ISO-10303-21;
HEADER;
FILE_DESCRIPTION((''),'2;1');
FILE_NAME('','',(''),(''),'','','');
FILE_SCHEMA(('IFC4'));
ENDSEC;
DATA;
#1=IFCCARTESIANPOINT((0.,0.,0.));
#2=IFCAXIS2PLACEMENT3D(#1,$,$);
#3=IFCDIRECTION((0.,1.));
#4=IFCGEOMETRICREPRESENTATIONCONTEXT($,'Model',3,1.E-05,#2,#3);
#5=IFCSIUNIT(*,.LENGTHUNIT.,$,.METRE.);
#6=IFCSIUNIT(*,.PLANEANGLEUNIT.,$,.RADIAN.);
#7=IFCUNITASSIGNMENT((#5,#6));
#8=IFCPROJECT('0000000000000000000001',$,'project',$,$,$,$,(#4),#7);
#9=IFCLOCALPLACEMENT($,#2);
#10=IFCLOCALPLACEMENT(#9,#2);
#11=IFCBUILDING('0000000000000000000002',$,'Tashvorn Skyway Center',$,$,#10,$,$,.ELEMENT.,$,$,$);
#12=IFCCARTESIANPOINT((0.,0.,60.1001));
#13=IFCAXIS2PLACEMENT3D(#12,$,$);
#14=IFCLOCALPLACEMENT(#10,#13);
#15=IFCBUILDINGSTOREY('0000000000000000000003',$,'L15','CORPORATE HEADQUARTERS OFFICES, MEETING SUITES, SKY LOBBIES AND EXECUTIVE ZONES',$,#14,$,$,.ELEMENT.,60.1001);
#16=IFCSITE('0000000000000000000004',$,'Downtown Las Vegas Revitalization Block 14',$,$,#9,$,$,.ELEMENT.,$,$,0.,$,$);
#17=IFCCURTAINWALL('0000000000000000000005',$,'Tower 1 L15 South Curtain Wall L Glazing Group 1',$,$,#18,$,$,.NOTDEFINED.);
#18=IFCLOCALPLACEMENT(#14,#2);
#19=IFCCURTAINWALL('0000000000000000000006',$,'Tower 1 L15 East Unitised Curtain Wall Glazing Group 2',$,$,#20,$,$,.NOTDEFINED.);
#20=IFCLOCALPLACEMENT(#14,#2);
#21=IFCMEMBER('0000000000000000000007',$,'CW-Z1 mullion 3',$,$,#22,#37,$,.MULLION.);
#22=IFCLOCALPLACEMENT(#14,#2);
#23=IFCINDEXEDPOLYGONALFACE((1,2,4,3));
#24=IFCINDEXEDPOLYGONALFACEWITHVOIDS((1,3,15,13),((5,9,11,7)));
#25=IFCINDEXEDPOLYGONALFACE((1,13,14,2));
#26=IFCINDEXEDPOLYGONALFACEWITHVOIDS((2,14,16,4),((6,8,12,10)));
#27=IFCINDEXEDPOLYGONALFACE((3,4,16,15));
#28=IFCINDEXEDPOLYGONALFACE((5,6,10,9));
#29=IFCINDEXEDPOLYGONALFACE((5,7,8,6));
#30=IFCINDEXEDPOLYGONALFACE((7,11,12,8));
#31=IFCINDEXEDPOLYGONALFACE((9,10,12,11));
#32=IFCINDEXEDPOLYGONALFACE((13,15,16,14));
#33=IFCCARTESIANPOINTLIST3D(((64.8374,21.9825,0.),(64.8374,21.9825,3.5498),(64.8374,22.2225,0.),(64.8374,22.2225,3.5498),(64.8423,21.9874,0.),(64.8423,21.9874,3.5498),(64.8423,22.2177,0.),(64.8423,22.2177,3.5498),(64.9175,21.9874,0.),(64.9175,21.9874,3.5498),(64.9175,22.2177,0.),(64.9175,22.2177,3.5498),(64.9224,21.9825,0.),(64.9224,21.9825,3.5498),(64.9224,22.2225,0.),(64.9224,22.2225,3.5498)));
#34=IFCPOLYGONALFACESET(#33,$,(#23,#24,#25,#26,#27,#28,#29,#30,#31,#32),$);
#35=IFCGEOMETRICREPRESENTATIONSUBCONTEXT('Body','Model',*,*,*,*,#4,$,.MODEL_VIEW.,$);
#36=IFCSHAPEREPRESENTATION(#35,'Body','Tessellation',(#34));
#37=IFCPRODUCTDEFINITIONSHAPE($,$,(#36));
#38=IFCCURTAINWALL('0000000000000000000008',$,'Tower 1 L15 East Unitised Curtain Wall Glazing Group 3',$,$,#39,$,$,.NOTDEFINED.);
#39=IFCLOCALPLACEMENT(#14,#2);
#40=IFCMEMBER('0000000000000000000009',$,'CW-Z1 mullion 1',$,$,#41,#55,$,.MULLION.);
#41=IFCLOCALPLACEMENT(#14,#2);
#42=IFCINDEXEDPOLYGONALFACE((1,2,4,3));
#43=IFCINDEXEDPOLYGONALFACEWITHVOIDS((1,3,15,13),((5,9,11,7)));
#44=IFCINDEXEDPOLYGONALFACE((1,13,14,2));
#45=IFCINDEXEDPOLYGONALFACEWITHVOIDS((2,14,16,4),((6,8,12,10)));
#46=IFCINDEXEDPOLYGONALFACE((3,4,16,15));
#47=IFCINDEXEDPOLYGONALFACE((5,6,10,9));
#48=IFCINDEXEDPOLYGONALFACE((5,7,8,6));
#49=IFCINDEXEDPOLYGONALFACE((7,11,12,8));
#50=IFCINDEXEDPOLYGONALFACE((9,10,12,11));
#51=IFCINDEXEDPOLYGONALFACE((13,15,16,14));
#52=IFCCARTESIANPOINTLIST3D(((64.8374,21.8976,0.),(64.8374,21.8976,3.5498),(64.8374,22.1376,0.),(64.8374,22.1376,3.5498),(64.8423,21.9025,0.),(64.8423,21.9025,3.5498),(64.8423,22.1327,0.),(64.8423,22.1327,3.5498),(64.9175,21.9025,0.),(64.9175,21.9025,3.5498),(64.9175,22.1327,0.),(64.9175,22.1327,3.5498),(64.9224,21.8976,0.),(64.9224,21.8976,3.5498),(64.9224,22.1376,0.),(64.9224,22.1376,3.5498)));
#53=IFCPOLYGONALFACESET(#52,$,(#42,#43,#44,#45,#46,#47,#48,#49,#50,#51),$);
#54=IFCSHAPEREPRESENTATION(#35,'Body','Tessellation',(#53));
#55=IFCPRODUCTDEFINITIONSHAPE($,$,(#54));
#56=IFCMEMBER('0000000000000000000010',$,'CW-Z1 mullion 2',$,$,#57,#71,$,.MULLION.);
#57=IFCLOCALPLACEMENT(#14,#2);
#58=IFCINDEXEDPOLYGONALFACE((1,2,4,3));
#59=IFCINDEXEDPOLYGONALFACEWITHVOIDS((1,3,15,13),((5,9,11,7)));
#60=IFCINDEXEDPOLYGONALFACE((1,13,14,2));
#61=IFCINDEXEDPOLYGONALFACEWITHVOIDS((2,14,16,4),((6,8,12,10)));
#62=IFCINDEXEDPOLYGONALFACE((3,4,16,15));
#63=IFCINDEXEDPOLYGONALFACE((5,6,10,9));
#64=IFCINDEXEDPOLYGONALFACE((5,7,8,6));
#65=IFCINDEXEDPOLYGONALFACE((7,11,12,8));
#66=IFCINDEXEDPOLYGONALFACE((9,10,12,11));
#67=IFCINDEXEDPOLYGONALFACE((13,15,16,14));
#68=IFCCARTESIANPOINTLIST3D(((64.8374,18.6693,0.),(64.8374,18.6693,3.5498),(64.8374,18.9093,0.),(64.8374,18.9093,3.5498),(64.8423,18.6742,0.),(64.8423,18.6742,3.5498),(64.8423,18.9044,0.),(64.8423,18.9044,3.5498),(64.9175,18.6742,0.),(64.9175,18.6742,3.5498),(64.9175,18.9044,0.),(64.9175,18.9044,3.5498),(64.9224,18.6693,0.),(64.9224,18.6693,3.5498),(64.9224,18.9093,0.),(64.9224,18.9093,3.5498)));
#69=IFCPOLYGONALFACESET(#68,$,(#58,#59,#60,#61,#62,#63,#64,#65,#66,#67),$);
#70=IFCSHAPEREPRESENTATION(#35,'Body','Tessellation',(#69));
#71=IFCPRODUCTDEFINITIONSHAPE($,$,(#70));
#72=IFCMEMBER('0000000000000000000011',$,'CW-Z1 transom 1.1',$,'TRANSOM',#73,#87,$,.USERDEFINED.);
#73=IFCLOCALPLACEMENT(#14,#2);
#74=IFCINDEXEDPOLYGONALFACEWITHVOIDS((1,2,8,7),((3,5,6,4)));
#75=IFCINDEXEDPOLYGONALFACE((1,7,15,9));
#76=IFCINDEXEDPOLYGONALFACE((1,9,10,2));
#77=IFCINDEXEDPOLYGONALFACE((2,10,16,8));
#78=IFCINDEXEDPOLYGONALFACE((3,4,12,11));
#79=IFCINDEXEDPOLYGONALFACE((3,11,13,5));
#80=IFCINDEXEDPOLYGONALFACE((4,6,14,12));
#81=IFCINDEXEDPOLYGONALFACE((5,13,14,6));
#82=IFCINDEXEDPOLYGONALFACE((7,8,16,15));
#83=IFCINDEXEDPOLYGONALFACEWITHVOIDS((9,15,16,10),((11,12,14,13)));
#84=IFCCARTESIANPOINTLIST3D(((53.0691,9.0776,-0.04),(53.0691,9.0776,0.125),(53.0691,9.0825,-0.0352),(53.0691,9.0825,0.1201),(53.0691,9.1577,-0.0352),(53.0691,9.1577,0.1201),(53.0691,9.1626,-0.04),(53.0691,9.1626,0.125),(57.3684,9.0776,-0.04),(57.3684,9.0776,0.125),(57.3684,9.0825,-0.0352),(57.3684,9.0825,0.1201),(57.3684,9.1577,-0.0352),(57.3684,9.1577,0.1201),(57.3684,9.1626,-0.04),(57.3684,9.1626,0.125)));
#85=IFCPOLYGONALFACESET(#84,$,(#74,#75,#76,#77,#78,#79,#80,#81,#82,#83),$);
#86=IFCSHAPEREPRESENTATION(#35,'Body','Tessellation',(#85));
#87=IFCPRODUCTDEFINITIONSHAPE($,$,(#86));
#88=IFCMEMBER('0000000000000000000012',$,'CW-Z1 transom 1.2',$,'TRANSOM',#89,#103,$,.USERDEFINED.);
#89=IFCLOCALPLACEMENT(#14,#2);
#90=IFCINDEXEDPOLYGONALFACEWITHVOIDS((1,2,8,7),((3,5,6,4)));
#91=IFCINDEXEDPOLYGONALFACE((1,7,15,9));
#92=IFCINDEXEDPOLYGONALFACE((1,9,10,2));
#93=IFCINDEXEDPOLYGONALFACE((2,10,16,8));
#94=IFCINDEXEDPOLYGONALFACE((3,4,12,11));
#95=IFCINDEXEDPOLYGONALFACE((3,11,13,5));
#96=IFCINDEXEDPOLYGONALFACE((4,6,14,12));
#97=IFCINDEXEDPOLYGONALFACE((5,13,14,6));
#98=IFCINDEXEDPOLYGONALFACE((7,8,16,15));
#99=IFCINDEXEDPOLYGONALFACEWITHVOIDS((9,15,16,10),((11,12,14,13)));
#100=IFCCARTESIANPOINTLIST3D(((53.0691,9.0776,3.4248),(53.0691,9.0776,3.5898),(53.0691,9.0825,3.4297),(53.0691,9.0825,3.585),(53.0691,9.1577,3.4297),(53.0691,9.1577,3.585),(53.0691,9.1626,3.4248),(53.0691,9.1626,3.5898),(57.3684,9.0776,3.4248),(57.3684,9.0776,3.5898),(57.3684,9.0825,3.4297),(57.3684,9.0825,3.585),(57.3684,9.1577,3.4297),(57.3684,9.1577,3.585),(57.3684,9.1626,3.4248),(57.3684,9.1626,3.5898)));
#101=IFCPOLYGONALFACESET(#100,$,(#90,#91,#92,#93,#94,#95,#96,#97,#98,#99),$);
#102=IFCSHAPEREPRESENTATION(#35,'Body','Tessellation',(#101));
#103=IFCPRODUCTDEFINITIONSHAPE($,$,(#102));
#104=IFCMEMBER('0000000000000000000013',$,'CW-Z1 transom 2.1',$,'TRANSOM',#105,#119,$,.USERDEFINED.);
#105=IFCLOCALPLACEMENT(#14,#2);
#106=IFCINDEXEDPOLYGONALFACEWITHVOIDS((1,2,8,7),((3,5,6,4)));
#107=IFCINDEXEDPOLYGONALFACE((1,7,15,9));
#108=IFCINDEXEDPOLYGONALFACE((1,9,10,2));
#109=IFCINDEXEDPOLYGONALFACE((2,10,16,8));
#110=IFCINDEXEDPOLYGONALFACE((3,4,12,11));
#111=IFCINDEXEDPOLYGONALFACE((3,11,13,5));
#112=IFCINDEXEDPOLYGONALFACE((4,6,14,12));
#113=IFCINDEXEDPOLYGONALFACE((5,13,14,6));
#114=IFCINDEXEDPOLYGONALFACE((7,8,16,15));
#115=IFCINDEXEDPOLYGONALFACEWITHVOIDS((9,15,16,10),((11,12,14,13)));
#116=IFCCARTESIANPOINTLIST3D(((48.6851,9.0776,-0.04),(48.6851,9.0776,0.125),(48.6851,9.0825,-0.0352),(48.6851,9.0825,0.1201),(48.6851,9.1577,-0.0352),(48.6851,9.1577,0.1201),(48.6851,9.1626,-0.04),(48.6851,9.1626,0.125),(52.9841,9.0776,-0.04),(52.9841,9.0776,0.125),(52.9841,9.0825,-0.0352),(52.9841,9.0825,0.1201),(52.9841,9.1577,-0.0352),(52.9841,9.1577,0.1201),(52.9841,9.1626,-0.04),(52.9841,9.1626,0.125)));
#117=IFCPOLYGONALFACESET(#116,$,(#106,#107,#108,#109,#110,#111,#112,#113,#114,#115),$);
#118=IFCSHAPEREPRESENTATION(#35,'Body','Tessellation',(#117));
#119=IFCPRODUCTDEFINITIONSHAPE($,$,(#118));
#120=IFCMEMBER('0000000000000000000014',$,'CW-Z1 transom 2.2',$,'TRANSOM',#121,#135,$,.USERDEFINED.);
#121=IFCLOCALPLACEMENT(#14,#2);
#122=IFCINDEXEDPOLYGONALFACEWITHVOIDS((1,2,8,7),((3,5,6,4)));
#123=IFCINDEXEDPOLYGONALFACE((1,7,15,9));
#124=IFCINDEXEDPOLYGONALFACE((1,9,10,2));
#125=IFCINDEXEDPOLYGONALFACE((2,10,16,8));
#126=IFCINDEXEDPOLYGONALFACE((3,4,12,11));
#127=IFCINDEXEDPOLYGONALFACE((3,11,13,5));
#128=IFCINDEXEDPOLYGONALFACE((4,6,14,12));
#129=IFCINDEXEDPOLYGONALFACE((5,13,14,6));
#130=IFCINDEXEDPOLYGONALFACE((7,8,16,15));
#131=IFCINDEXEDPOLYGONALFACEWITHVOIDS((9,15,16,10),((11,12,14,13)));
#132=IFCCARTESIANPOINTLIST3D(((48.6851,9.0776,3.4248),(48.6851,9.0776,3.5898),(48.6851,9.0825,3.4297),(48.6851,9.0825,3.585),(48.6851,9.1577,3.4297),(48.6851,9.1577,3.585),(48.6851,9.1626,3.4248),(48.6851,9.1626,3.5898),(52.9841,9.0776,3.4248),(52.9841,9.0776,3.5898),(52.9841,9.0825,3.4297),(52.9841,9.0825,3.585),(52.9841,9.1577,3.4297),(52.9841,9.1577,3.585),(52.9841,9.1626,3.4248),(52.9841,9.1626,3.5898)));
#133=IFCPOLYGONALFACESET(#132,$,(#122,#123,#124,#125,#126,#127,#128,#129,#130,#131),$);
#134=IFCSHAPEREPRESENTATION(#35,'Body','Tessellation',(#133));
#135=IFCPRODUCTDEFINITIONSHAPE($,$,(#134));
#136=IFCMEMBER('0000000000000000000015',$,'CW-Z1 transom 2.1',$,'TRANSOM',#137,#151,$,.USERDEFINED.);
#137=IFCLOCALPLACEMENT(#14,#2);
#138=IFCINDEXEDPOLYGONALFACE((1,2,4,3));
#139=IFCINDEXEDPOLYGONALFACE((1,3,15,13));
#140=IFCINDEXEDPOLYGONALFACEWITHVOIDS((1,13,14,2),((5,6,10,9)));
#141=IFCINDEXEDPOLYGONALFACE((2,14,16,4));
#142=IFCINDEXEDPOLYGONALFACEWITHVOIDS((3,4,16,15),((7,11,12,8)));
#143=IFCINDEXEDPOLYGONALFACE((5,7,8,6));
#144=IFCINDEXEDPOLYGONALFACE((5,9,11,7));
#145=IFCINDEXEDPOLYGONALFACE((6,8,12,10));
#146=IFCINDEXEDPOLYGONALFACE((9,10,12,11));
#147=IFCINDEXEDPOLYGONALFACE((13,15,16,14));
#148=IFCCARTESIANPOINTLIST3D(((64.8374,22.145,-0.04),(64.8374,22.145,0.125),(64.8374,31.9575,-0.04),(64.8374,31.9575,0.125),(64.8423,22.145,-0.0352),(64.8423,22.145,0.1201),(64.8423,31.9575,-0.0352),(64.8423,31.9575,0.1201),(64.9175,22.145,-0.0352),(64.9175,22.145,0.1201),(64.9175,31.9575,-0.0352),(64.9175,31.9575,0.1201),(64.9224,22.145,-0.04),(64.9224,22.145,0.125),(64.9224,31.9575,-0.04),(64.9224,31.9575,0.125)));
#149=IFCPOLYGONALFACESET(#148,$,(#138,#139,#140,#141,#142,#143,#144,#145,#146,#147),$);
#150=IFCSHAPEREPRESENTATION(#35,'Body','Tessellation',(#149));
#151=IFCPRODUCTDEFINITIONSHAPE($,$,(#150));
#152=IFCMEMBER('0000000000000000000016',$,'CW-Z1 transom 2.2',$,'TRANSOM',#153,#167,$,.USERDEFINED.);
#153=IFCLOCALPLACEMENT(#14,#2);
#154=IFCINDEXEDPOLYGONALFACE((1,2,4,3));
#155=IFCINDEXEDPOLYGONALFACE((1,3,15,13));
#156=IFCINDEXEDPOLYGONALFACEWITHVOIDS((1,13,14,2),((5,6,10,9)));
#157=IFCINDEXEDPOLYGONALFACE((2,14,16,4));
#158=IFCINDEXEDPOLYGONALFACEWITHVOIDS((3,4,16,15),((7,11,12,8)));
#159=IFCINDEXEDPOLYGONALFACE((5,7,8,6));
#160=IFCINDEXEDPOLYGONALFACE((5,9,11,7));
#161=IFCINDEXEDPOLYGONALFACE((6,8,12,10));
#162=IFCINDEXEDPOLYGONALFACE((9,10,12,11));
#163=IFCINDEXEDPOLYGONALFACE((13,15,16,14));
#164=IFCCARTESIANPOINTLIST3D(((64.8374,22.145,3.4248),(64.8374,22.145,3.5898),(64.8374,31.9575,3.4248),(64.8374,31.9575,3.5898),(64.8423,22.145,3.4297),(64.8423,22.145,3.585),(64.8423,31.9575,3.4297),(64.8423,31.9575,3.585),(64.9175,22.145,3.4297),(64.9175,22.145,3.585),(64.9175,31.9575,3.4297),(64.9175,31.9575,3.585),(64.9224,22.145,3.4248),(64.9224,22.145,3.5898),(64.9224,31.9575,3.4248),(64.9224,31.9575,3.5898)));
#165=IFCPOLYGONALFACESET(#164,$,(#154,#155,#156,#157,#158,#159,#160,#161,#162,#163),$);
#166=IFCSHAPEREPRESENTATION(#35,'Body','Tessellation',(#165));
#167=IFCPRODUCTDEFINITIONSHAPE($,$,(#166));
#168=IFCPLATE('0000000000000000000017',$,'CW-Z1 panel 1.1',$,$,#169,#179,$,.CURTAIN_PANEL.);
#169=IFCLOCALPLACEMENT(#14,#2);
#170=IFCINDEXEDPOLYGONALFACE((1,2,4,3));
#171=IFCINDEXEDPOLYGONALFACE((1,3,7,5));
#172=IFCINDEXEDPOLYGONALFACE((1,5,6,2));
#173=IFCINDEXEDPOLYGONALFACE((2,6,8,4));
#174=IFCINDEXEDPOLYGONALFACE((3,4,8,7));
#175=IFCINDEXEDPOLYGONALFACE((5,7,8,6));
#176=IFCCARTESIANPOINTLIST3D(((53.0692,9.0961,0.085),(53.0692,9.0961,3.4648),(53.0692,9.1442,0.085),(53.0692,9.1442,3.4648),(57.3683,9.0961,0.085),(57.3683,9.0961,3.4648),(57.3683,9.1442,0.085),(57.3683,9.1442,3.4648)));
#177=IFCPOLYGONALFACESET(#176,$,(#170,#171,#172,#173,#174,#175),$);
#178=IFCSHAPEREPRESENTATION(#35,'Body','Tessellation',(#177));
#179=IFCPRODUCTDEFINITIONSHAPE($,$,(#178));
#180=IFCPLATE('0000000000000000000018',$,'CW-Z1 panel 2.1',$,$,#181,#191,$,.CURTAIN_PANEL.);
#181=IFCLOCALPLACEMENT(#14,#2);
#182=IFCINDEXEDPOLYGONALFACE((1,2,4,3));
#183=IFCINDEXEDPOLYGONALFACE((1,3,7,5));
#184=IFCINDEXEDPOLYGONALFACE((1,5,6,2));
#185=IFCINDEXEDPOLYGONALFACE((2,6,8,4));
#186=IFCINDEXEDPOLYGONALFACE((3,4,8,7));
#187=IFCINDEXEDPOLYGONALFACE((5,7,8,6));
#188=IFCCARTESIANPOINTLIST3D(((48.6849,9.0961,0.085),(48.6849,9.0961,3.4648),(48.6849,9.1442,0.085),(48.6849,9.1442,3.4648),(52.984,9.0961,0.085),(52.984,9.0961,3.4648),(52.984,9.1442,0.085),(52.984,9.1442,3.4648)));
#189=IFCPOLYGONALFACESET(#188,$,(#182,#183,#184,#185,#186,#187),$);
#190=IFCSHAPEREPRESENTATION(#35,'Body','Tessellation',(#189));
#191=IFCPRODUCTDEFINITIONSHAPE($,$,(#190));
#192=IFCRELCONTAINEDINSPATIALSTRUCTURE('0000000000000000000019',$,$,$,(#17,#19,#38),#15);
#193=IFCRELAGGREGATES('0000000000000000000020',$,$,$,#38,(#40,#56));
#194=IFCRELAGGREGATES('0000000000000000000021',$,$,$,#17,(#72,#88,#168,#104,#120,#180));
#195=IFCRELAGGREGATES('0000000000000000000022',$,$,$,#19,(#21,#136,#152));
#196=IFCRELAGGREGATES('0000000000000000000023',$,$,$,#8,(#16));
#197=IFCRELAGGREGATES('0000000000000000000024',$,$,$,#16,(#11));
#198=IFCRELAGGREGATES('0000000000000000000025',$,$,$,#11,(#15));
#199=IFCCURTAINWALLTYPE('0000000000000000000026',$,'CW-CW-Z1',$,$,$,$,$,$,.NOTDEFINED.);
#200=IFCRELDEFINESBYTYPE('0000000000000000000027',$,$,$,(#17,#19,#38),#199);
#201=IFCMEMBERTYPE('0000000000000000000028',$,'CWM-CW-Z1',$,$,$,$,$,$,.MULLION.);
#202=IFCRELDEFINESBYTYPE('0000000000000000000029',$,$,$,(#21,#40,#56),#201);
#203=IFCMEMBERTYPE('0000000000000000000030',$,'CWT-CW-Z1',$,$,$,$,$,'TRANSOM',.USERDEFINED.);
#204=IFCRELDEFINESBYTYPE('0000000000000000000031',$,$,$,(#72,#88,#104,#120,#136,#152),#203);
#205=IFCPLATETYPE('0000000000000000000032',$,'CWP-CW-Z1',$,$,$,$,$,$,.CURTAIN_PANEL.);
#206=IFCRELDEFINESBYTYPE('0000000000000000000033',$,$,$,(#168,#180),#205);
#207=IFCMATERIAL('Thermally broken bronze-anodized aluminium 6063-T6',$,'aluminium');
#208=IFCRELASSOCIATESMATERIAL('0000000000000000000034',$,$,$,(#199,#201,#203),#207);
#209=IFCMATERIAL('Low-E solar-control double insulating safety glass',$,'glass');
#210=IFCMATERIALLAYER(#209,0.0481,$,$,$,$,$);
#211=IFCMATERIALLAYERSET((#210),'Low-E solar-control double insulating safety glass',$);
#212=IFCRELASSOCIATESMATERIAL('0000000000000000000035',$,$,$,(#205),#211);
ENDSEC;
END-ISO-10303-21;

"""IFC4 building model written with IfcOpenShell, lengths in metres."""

from ifc_helpers import new_model, si_unit, direction, frame, origin, origin_2d, place, context, subcontext, project, spatial, rectangle, hollow_rectangle, extrude, material, layer, layer_set, material_profile, profile_set, type_object, element, aggregate, save


model = new_model("IFC4")

# Units and contexts
model_context = context("Model", 3, precision=1e-05, world=origin(), true_north=direction((0.0, 1.0)))
body_context = subcontext(model_context, "Body", "Model", "MODEL_VIEW")
ifc_project = project(units=[si_unit("LENGTHUNIT", "METRE"), si_unit("PLANEANGLEUNIT", "RADIAN")], contexts=[model_context])

# Site, building, storey
site_placement = place(None, origin())
site = spatial("IfcSite", under=ifc_project, at=site_placement, Name="Downtown Las Vegas Revitalization Block 14", CompositionType="ELEMENT", RefElevation=0.0)
building_placement = place(site_placement, origin())
building = spatial("IfcBuilding", under=site, at=building_placement, Name="Tashvorn Skyway Center", CompositionType="ELEMENT")
storey_placement = place(building_placement, frame((0.0, 0.0, 60.1001)))
storey = spatial("IfcBuildingStorey", under=building, at=storey_placement, Name="L15", Description="CORPORATE HEADQUARTERS OFFICES, MEETING SUITES, SKY LOBBIES AND EXECUTIVE ZONES", CompositionType="ELEMENT", Elevation=60.1001)

# Curtain wall
ifc_material_1 = material(Name="Thermally broken bronze-anodized aluminium 6063-T6", Category="aluminium")
curtain_wall_type = type_object("IfcCurtainWallType", Name="CW-CW-Z1", PredefinedType="NOTDEFINED", material=ifc_material_1)
curtain_wall_1_placement = place(storey_placement, origin())
curtain_wall_1 = element("IfcCurtainWall", 1, at=curtain_wall_1_placement, inside=storey, type_object=curtain_wall_type, Name="Tower 1 L15 South Curtain Wall L Glazing Group 1", PredefinedType="NOTDEFINED")
ifc_material_profile_1 = material_profile(ifc_material_1, hollow_rectangle(XDim=0.085, YDim=0.24, WallThickness=0.0049, at=origin_2d()), Name="ALU-MULL-85x240")
ifc_profile_set_1 = profile_set([ifc_material_profile_1], Name="Thermally broken bronze-anodized aluminium 6063-T6")
member_type_1 = type_object("IfcMemberType", Name="CWM-CW-Z1", PredefinedType="MULLION", material=ifc_profile_set_1)

# Curtain wall, member
curtain_wall_2_placement = place(storey_placement, origin())
curtain_wall_2 = element("IfcCurtainWall", 2, at=curtain_wall_2_placement, inside=storey, type_object=curtain_wall_type, Name="Tower 1 L15 East Unitised Curtain Wall Glazing Group 2", PredefinedType="NOTDEFINED")
member_1_placement = place(storey_placement, frame((64.8799, 22.1025, 0.0), z_axis=(0.0, 0.0, 1.0), x_axis=(1.0, 0.0, 0.0)))
member_1 = element("IfcMember", 3, at=member_1_placement, type_object=member_type_1, Name="CW-Z1 mullion 3", PredefinedType="MULLION", context=body_context, shape_type="SweptSolid", body=[
    extrude(hollow_rectangle(XDim=0.085, YDim=0.24, WallThickness=0.0049, at=origin_2d()), origin(), (0.0, 0.0, 1.0), 3.5498),
])

# Curtain wall, members
curtain_wall_3_placement = place(storey_placement, origin())
curtain_wall_3 = element("IfcCurtainWall", 4, at=curtain_wall_3_placement, inside=storey, type_object=curtain_wall_type, Name="Tower 1 L15 East Unitised Curtain Wall Glazing Group 3", PredefinedType="NOTDEFINED")
member_2_placement = place(storey_placement, frame((64.8799, 22.0176, 0.0), z_axis=(0.0, 0.0, 1.0), x_axis=(1.0, 0.0, 0.0)))
member_2 = element("IfcMember", 5, at=member_2_placement, type_object=member_type_1, Name="CW-Z1 mullion 1", PredefinedType="MULLION", context=body_context, shape_type="SweptSolid", body=[
    extrude(hollow_rectangle(XDim=0.085, YDim=0.24, WallThickness=0.0049, at=origin_2d()), origin(), (0.0, 0.0, 1.0), 3.5498),
])
member_3_placement = place(storey_placement, frame((64.8799, 18.7893, 0.0), z_axis=(0.0, 0.0, 1.0), x_axis=(1.0, 0.0, 0.0)))
member_3 = element("IfcMember", 6, at=member_3_placement, type_object=member_type_1, Name="CW-Z1 mullion 2", PredefinedType="MULLION", context=body_context, shape_type="SweptSolid", body=[
    extrude(hollow_rectangle(XDim=0.085, YDim=0.24, WallThickness=0.0049, at=origin_2d()), origin(), (0.0, 0.0, 1.0), 3.5498),
])
aggregate(curtain_wall_3, [member_2, member_3])

# Members
ifc_material_profile_2 = material_profile(ifc_material_1, hollow_rectangle(XDim=0.085, YDim=0.165, WallThickness=0.0049, at=origin_2d()), Name="ALU-TRAN-85x165")
ifc_profile_set_2 = profile_set([ifc_material_profile_2], Name="Thermally broken bronze-anodized aluminium 6063-T6")
member_type_2 = type_object("IfcMemberType", Name="CWT-CW-Z1", ElementType="TRANSOM", PredefinedType="USERDEFINED", material=ifc_profile_set_2)
member_4_placement = place(storey_placement, frame((57.3684, 9.1201, 0.0425), z_axis=(-1.0, 0.0, 0.0), x_axis=(0.0, -1.0, 0.0)))
member_4 = element("IfcMember", 7, at=member_4_placement, type_object=member_type_2, Name="CW-Z1 transom 1.1", ObjectType="TRANSOM", PredefinedType="USERDEFINED", context=body_context, shape_type="SweptSolid", body=[
    extrude(hollow_rectangle(XDim=0.085, YDim=0.165, WallThickness=0.0049, at=origin_2d()), origin(), (0.0, 0.0, 1.0), 4.2993),
])
member_5_placement = place(storey_placement, frame((57.3684, 9.1201, 3.5073), z_axis=(-1.0, 0.0, 0.0), x_axis=(0.0, -1.0, 0.0)))
member_5 = element("IfcMember", 8, at=member_5_placement, type_object=member_type_2, Name="CW-Z1 transom 1.2", ObjectType="TRANSOM", PredefinedType="USERDEFINED", context=body_context, shape_type="SweptSolid", body=[
    extrude(hollow_rectangle(XDim=0.085, YDim=0.165, WallThickness=0.0049, at=origin_2d()), origin(), (0.0, 0.0, 1.0), 4.2993),
])
member_6_placement = place(storey_placement, frame((52.9841, 9.1201, 0.0425), z_axis=(-1.0, 0.0, 0.0), x_axis=(0.0, -1.0, 0.0)))
member_6 = element("IfcMember", 9, at=member_6_placement, type_object=member_type_2, Name="CW-Z1 transom 2.1", ObjectType="TRANSOM", PredefinedType="USERDEFINED", context=body_context, shape_type="SweptSolid", body=[
    extrude(hollow_rectangle(XDim=0.085, YDim=0.165, WallThickness=0.0049, at=origin_2d()), origin(), (0.0, 0.0, 1.0), 4.2991),
])
member_7_placement = place(storey_placement, frame((52.9841, 9.1201, 3.5073), z_axis=(-1.0, 0.0, 0.0), x_axis=(0.0, -1.0, 0.0)))
member_7 = element("IfcMember", 10, at=member_7_placement, type_object=member_type_2, Name="CW-Z1 transom 2.2", ObjectType="TRANSOM", PredefinedType="USERDEFINED", context=body_context, shape_type="SweptSolid", body=[
    extrude(hollow_rectangle(XDim=0.085, YDim=0.165, WallThickness=0.0049, at=origin_2d()), origin(), (0.0, 0.0, 1.0), 4.2991),
])
member_8_placement = place(storey_placement, frame((64.8799, 31.9575, 0.0425), z_axis=(0.0, -1.0, 0.0), x_axis=(1.0, 0.0, 0.0)))
member_8 = element("IfcMember", 11, at=member_8_placement, type_object=member_type_2, Name="CW-Z1 transom 2.1", ObjectType="TRANSOM", PredefinedType="USERDEFINED", context=body_context, shape_type="SweptSolid", body=[
    extrude(hollow_rectangle(XDim=0.085, YDim=0.165, WallThickness=0.0049, at=origin_2d()), origin(), (0.0, 0.0, 1.0), 9.8125),
])
member_9_placement = place(storey_placement, frame((64.8799, 31.9575, 3.5073), z_axis=(0.0, -1.0, 0.0), x_axis=(1.0, 0.0, 0.0)))
member_9 = element("IfcMember", 12, at=member_9_placement, type_object=member_type_2, Name="CW-Z1 transom 2.2", ObjectType="TRANSOM", PredefinedType="USERDEFINED", context=body_context, shape_type="SweptSolid", body=[
    extrude(hollow_rectangle(XDim=0.085, YDim=0.165, WallThickness=0.0049, at=origin_2d()), origin(), (0.0, 0.0, 1.0), 9.8125),
])

# Plates
ifc_material_2 = material(Name="Low-E solar-control double insulating safety glass", Category="glass")
ifc_layer_1 = layer(ifc_material_2, 0.0481)
ifc_layer_set_1 = layer_set([ifc_layer_1], Name="Low-E solar-control double insulating safety glass")
plate_type = type_object("IfcPlateType", Name="CWP-CW-Z1", PredefinedType="CURTAIN_PANEL", material=ifc_layer_set_1)
plate_1_placement = place(storey_placement, frame((55.2188, 9.1201, 0.085), z_axis=(0.0, 0.0, 1.0), x_axis=(-1.0, 0.0, 0.0)))
plate_1 = element("IfcPlate", 13, at=plate_1_placement, type_object=plate_type, Name="CW-Z1 panel 1.1", PredefinedType="CURTAIN_PANEL", context=body_context, shape_type="SweptSolid", body=[
    extrude(rectangle(XDim=4.2991, YDim=0.0481, at=origin_2d()), origin(), (0.0, 0.0, 1.0), 3.3799),
])
plate_2_placement = place(storey_placement, frame((50.8345, 9.1201, 0.085), z_axis=(0.0, 0.0, 1.0), x_axis=(-1.0, 0.0, 0.0)))
plate_2 = element("IfcPlate", 14, at=plate_2_placement, type_object=plate_type, Name="CW-Z1 panel 2.1", PredefinedType="CURTAIN_PANEL", context=body_context, shape_type="SweptSolid", body=[
    extrude(rectangle(XDim=4.2991, YDim=0.0481, at=origin_2d()), origin(), (0.0, 0.0, 1.0), 3.3799),
])
aggregate(curtain_wall_1, [member_4, member_5, plate_1, member_6, member_7, plate_2])
aggregate(curtain_wall_2, [member_1, member_8, member_9])

save(model, "model.ifc")
